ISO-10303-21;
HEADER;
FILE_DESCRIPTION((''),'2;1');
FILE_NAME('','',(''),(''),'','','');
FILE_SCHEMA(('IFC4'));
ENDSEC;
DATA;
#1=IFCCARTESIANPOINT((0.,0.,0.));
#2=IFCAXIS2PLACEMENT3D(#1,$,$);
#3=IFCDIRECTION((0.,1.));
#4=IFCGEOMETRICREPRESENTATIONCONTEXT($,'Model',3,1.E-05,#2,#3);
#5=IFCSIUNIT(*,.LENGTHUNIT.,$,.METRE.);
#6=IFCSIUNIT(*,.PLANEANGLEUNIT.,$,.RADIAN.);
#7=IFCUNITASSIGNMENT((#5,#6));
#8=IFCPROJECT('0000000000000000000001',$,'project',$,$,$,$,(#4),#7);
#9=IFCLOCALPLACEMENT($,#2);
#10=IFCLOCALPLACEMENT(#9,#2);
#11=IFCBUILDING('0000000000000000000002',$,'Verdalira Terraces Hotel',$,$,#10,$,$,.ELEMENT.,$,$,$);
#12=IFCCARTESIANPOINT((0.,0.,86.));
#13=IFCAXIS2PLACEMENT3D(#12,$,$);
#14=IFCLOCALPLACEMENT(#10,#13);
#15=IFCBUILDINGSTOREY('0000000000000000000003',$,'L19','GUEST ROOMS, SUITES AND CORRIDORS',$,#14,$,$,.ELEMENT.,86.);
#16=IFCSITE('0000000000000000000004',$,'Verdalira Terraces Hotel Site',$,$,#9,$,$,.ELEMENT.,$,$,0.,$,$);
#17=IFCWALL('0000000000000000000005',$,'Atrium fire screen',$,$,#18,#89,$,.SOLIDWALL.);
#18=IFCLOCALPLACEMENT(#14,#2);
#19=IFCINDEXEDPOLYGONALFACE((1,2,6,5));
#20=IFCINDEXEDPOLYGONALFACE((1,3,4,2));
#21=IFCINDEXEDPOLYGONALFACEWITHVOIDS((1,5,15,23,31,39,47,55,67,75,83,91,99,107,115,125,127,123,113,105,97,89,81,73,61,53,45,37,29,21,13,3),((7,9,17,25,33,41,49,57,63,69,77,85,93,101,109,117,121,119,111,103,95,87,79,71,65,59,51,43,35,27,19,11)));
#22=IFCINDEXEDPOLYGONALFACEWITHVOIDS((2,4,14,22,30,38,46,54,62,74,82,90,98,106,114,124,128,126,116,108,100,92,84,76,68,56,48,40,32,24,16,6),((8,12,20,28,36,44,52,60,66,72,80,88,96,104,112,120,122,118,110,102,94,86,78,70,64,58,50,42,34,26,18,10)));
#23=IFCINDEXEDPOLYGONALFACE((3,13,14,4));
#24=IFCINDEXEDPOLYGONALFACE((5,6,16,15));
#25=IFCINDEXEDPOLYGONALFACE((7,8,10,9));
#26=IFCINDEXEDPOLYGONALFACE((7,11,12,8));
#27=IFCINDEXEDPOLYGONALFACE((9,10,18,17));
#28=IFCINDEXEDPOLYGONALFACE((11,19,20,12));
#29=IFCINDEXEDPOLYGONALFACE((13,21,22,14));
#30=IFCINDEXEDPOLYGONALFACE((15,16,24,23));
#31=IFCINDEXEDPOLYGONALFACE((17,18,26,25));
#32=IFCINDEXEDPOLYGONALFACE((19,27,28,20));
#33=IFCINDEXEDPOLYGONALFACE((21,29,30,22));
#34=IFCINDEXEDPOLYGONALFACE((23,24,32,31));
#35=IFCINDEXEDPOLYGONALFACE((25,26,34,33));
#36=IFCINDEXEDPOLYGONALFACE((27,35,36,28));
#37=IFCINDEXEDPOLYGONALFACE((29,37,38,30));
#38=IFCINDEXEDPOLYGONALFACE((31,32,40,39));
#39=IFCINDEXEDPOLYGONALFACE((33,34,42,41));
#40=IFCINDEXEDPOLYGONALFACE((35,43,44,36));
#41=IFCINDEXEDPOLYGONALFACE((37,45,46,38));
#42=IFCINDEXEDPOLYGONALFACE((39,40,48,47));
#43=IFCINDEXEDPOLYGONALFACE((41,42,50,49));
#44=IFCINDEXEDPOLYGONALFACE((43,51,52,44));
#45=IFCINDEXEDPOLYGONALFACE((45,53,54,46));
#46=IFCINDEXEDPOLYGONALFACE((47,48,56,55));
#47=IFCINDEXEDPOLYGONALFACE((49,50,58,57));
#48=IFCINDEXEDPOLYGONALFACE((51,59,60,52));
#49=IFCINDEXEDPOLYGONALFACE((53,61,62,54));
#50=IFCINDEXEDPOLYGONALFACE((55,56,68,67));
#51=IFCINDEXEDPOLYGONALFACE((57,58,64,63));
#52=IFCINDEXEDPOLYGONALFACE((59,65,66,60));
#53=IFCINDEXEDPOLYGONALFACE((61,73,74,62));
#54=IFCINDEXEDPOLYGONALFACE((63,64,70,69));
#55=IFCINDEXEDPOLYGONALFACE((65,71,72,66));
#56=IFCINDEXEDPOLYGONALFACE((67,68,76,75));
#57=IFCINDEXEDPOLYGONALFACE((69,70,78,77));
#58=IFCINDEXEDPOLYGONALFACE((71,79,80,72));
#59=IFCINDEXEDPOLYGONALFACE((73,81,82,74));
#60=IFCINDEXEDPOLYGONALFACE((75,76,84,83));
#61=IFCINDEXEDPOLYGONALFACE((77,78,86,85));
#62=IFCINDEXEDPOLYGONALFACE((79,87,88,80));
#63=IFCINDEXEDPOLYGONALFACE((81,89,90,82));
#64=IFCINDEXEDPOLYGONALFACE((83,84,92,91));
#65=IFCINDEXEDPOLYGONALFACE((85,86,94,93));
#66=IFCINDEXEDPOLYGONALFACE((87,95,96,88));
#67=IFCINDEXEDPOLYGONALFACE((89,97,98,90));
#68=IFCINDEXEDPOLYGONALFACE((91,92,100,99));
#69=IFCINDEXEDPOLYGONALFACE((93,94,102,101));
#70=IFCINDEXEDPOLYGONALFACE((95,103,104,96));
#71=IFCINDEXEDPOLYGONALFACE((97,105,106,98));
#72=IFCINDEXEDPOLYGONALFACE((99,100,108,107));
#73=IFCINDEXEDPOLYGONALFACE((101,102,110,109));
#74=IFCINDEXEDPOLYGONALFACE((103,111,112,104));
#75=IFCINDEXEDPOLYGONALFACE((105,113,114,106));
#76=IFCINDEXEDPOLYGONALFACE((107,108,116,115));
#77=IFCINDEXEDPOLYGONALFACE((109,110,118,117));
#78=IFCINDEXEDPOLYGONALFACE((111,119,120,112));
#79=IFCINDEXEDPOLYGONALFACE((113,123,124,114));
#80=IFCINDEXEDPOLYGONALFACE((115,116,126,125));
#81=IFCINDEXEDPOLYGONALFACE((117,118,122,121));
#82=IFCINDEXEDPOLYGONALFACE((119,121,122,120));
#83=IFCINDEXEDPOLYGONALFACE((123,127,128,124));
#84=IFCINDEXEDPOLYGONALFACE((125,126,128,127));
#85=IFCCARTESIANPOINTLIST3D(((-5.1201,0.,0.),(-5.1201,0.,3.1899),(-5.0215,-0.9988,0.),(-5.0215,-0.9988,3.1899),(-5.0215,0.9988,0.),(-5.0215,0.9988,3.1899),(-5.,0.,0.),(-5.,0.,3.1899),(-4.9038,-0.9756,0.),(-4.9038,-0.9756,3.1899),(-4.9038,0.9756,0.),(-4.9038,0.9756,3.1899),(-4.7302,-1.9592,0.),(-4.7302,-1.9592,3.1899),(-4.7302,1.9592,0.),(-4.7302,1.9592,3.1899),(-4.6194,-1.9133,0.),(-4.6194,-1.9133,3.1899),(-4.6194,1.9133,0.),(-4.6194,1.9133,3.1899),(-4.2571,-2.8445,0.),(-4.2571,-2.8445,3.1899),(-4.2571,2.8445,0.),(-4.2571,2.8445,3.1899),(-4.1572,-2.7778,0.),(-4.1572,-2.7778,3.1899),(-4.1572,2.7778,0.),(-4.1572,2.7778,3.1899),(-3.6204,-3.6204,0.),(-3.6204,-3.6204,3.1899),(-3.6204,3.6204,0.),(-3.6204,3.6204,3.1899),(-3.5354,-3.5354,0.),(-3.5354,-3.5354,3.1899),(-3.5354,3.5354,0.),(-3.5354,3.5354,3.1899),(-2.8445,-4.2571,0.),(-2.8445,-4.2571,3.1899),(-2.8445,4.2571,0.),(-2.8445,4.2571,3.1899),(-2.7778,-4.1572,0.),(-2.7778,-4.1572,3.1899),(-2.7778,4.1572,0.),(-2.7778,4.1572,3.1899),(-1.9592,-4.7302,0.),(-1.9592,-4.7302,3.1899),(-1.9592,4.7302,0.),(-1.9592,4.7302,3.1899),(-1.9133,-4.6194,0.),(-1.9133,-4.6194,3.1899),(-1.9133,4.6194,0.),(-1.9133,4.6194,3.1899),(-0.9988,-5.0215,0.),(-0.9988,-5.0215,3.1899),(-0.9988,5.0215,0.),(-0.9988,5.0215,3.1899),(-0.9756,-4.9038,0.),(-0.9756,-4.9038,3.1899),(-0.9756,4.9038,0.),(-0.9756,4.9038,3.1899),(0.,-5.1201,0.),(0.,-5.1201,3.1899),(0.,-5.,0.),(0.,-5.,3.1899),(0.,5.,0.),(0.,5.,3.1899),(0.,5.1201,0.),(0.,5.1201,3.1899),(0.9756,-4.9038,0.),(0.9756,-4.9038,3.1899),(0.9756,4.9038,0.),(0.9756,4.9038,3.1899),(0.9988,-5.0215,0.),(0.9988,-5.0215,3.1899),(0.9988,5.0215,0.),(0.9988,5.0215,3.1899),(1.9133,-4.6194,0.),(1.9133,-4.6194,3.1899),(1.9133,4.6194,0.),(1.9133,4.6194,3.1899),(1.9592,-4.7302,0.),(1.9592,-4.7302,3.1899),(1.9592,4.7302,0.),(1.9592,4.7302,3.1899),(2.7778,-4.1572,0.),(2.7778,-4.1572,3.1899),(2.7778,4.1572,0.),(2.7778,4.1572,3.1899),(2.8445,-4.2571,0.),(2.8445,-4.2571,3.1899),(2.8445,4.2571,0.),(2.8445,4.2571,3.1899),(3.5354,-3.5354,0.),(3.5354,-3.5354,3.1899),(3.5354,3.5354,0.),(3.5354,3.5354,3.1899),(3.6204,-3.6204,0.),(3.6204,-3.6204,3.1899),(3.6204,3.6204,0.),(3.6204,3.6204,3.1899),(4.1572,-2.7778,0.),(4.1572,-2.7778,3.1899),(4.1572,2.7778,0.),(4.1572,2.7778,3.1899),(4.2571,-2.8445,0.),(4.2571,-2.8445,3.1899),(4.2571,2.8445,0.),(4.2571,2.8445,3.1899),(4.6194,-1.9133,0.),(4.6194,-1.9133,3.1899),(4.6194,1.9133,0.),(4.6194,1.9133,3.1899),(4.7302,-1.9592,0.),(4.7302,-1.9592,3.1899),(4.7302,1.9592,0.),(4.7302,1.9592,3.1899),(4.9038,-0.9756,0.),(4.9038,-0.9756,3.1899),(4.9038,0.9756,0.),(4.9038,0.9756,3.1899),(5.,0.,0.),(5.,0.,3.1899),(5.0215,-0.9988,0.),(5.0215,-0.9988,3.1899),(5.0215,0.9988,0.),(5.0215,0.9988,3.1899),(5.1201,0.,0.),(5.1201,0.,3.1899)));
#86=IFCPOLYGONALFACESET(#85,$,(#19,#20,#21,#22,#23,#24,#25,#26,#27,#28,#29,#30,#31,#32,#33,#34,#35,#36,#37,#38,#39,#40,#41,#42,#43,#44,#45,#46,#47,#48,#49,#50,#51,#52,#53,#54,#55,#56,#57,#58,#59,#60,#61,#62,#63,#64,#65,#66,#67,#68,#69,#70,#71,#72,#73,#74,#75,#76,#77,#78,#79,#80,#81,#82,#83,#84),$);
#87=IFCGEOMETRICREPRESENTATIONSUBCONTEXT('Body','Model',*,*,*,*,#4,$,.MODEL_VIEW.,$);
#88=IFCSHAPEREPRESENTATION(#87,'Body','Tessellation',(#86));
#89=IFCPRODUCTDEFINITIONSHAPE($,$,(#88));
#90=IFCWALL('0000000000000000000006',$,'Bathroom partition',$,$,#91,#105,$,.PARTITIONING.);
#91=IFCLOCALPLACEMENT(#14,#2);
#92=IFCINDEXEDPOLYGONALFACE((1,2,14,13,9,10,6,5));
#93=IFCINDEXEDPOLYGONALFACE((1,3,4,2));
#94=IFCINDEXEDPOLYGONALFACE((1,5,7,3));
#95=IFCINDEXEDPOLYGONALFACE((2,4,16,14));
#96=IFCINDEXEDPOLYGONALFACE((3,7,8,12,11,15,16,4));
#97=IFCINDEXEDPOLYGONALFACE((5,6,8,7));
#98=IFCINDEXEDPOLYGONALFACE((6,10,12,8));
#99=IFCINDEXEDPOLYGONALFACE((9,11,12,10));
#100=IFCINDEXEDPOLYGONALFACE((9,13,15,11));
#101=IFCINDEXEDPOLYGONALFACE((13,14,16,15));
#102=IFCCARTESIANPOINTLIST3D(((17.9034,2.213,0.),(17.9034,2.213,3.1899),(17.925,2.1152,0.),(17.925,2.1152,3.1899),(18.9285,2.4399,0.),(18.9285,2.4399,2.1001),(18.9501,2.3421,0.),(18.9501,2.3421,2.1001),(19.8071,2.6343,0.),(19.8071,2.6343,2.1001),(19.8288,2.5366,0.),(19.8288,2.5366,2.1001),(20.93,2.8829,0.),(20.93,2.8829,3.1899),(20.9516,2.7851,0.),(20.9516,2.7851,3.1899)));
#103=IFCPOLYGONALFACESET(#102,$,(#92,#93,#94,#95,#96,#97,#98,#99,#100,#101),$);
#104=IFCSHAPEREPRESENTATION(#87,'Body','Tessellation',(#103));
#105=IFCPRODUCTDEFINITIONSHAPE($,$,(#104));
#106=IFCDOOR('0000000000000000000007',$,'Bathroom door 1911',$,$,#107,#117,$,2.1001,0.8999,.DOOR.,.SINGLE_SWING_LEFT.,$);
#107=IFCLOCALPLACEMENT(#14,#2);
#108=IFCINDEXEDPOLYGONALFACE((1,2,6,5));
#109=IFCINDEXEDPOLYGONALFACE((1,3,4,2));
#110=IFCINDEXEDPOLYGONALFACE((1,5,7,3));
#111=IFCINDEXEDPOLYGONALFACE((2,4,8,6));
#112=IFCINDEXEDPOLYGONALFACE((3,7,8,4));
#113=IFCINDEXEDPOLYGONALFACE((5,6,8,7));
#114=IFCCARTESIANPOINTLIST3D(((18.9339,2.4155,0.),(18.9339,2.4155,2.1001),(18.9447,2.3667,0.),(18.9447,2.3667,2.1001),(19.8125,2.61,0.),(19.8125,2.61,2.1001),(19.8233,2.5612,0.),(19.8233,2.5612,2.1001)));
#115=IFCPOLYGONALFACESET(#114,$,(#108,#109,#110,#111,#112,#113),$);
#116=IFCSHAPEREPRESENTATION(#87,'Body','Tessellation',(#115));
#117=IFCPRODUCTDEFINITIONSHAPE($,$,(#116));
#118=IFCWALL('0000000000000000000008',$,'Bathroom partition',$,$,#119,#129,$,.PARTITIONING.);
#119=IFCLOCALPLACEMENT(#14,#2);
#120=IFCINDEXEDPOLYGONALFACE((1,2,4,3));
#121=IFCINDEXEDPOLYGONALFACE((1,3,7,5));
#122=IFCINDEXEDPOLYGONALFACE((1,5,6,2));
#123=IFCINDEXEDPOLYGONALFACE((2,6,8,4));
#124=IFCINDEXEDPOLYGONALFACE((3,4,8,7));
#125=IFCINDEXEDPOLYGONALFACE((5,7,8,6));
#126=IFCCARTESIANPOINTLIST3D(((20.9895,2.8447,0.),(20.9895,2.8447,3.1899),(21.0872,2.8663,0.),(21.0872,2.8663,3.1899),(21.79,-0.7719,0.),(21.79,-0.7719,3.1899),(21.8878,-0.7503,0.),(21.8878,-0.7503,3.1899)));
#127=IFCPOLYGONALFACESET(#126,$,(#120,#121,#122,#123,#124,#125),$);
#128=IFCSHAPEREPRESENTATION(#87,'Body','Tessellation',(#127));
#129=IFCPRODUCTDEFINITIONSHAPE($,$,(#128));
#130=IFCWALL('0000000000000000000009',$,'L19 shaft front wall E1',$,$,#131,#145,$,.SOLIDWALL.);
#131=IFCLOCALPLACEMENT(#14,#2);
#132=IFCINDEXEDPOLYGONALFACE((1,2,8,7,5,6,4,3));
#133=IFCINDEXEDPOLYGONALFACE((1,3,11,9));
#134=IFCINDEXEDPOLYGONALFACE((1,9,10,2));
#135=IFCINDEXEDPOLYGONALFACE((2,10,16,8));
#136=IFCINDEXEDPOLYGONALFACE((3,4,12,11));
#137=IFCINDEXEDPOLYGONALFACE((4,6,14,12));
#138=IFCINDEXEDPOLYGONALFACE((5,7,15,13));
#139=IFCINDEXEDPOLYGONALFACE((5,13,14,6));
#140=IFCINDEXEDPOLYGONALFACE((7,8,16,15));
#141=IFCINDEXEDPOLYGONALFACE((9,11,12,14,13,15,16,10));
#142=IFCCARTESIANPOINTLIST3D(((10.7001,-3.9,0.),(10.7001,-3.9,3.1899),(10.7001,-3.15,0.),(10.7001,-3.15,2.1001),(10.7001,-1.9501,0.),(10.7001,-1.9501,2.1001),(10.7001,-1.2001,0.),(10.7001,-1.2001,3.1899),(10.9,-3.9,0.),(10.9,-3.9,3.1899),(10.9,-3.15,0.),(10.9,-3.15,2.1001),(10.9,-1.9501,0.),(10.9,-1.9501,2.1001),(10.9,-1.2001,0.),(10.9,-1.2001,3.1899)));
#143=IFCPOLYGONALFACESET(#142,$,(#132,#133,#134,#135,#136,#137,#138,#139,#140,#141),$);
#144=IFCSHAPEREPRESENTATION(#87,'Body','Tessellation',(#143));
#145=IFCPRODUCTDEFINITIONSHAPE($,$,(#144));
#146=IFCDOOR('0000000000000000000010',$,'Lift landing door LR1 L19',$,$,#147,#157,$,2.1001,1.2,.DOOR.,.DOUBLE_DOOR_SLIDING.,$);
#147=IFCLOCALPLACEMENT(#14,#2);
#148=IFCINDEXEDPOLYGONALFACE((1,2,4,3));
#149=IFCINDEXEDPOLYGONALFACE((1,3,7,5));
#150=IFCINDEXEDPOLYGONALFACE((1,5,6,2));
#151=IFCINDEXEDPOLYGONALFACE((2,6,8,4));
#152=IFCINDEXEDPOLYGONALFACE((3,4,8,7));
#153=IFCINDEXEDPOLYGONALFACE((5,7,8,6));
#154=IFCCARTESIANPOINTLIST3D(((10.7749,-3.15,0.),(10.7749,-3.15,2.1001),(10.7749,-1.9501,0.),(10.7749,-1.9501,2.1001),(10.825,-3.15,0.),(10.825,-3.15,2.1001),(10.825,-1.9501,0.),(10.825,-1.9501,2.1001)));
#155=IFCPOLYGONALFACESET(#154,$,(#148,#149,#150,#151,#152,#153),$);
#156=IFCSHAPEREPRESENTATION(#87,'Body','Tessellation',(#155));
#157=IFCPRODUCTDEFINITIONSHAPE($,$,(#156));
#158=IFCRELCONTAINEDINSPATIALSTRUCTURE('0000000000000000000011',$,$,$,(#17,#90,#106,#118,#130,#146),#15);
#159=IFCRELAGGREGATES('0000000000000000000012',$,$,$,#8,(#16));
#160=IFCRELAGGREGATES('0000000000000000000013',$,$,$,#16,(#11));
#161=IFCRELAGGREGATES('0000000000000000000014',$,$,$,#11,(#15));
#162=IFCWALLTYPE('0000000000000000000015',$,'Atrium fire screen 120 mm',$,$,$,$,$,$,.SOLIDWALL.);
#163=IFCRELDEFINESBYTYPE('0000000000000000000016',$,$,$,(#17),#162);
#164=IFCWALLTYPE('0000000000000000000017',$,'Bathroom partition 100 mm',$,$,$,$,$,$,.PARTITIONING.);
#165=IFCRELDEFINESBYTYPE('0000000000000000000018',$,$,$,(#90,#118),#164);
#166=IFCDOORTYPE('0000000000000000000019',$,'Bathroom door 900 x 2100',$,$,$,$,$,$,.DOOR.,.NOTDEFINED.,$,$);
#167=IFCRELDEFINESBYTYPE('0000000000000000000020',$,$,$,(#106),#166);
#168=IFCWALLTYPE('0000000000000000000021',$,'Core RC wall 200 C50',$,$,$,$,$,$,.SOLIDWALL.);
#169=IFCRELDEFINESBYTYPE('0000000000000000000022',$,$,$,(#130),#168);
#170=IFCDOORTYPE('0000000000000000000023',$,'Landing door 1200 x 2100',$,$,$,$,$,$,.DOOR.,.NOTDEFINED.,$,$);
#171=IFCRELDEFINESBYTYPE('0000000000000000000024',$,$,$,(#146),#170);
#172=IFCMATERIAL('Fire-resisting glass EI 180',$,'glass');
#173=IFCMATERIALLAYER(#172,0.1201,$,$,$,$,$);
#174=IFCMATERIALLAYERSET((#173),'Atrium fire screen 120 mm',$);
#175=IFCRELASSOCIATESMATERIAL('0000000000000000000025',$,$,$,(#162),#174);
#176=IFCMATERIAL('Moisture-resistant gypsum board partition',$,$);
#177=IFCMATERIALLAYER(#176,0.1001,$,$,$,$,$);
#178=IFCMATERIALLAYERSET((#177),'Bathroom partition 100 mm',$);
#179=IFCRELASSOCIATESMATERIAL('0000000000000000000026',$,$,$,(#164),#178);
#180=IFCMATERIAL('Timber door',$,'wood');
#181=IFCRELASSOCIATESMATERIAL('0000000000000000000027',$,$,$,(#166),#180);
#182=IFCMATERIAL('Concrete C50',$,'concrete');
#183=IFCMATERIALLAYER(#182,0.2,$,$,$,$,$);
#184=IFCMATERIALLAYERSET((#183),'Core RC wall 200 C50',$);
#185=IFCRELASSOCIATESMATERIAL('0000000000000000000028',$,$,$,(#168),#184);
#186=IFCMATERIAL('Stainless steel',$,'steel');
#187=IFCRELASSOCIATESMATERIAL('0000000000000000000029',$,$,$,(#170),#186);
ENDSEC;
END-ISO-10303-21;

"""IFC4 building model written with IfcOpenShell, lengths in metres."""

from ifc_helpers import new_model, si_unit, direction, frame, frame_2d, origin, place, context, subcontext, project, spatial, polyline, rectangle, outline, extrude, material, layer, layer_set, type_object, element, fill, save


model = new_model("IFC4")

# Units and contexts
model_context = context("Model", 3, precision=1e-05, world=origin(), true_north=direction((0.0, 1.0)))
body_context = subcontext(model_context, "Body", "Model", "MODEL_VIEW")
ifc_project = project(units=[si_unit("LENGTHUNIT", "METRE"), si_unit("PLANEANGLEUNIT", "RADIAN")], contexts=[model_context])

# Site, building, storey
site_placement = place(None, origin())
site = spatial("IfcSite", under=ifc_project, at=site_placement, Name="Verdalira Terraces Hotel Site", CompositionType="ELEMENT", RefElevation=0.0)
building_placement = place(site_placement, origin())
building = spatial("IfcBuilding", under=site, at=building_placement, Name="Verdalira Terraces Hotel", CompositionType="ELEMENT")
storey_placement = place(building_placement, frame((0.0, 0.0, 86.0)))
storey = spatial("IfcBuildingStorey", under=building, at=storey_placement, Name="L19", Description="GUEST ROOMS, SUITES AND CORRIDORS", CompositionType="ELEMENT", Elevation=86.0)

# Wall
ifc_material_1 = material(Name="Fire-resisting glass EI 180", Category="glass")
ifc_layer_1 = layer(ifc_material_1, 0.1201)
ifc_layer_set_1 = layer_set([ifc_layer_1], Name="Atrium fire screen 120 mm")
wall_type_1 = type_object("IfcWallType", Name="Atrium fire screen 120 mm", PredefinedType="SOLIDWALL", material=ifc_layer_set_1)
wall_1_placement = place(storey_placement, origin())
element("IfcWall", 1, at=wall_1_placement, inside=storey, type_object=wall_type_1, Name="Atrium fire screen", PredefinedType="SOLIDWALL", context=body_context, shape_type="SweptSolid", body=[
    extrude(outline(polyline([(5.0215, -0.9988), (4.7302, -1.9592), (4.2571, -2.8445), (3.6204, -3.6204), (2.8445, -4.2571), (1.9592, -4.7302), (0.9988, -5.0215), (0.0, -5.1201), (-0.9988, -5.0215), (-1.9592, -4.7302), (-2.8445, -4.2571), (-3.6204, -3.6204), (-4.2571, -2.8445), (-4.7302, -1.9592), (-5.0215, -0.9988), (-5.1201, 0.0), (-5.0215, 0.9988), (-4.7302, 1.9592), (-4.2571, 2.8445), (-3.6204, 3.6204), (-2.8445, 4.2571), (-1.9592, 4.7302), (-0.9988, 5.0215), (0.0, 5.1201), (0.9988, 5.0215), (1.9592, 4.7302), (2.8445, 4.2571), (3.6204, 3.6204), (4.2571, 2.8445), (4.7302, 1.9592), (5.0215, 0.9988), (5.1201, 0.0), (5.0215, -0.9988)]), holes=[polyline([(4.9038, 0.9756), (4.6194, 1.9133), (4.1572, 2.7778), (3.5354, 3.5354), (2.7778, 4.1572), (1.9133, 4.6194), (0.9756, 4.9038), (0.0, 5.0), (-0.9756, 4.9038), (-1.9133, 4.6194), (-2.7778, 4.1572), (-3.5354, 3.5354), (-4.1572, 2.7778), (-4.6194, 1.9133), (-4.9038, 0.9756), (-5.0, 0.0), (-4.9038, -0.9756), (-4.6194, -1.9133), (-4.1572, -2.7778), (-3.5354, -3.5354), (-2.7778, -4.1572), (-1.9133, -4.6194), (-0.9756, -4.9038), (0.0, -5.0), (0.9756, -4.9038), (1.9133, -4.6194), (2.7778, -4.1572), (3.5354, -3.5354), (4.1572, -2.7778), (4.6194, -1.9133), (4.9038, -0.9756), (5.0, 0.0), (4.9038, 0.9756)])]), origin(), (0.0, 0.0, 1.0), 3.1899),
])

# Wall, opening, door
ifc_material_2 = material(Name="Moisture-resistant gypsum board partition")
ifc_layer_2 = layer(ifc_material_2, 0.1001)
ifc_layer_set_2 = layer_set([ifc_layer_2], Name="Bathroom partition 100 mm")
wall_type_2 = type_object("IfcWallType", Name="Bathroom partition 100 mm", PredefinedType="PARTITIONING", material=ifc_layer_set_2)
wall_2_placement = place(storey_placement, frame((20.9407, 2.834, 0.0), z_axis=(0.0, 0.0, 1.0), x_axis=(-0.976368, -0.216113, 0.0)))
wall_2 = element("IfcWall", 2, at=wall_2_placement, inside=storey, type_object=wall_type_2, Name="Bathroom partition", PredefinedType="PARTITIONING", context=body_context, shape_type="SweptSolid", body=[
    extrude(rectangle(XDim=3.0999, YDim=0.1001, at=frame_2d((1.5498, 0.0))), origin(), (0.0, 0.0, 1.0), 3.1899),
])
opening_1_placement = place(wall_2_placement, frame((1.1499, 0.0, 0.0)))
opening_1 = element("IfcOpeningElement", 3, at=opening_1_placement, cuts=wall_2, PredefinedType="OPENING", context=body_context, shape_type="SweptSolid", body=[
    extrude(rectangle(XDim=0.8999, YDim=2.1001, at=frame_2d((0.45, 1.05))), frame((0.0, 0.0601, 0.0), z_axis=(0.0, -1.0, 0.0), x_axis=(1.0, 0.0, 0.0)), (0.0, 0.0, 1.0), 0.1201),
])
ifc_material_3 = material(Name="Timber door", Category="wood")
door_type_1 = type_object("IfcDoorType", Name="Bathroom door 900 x 2100", OperationType="NOTDEFINED", PredefinedType="DOOR", material=ifc_material_3)
door_1_placement = place(opening_1_placement, origin())
door_1 = element("IfcDoor", 4, at=door_1_placement, inside=storey, type_object=door_type_1, Name="Bathroom door 1911", OperationType="SINGLE_SWING_LEFT", OverallHeight=2.1001, OverallWidth=0.8999, PredefinedType="DOOR", context=body_context, shape_type="SweptSolid", body=[
    extrude(rectangle(XDim=0.8999, YDim=2.1001, at=frame_2d((0.45, 1.05))), frame((0.0, 0.0249, 0.0), z_axis=(0.0, -1.0, 0.0), x_axis=(1.0, 0.0, 0.0)), (0.0, 0.0, 1.0), 0.05),
])
fill(opening_1, door_1)

# Wall
wall_3_placement = place(storey_placement, frame((21.0383, 2.8555, 0.0), z_axis=(0.0, 0.0, 1.0), x_axis=(0.216128, -0.976365, 0.0)))
element("IfcWall", 5, at=wall_3_placement, inside=storey, type_object=wall_type_2, Name="Bathroom partition", PredefinedType="PARTITIONING", context=body_context, shape_type="SweptSolid", body=[
    extrude(rectangle(XDim=3.7041, YDim=0.1001, at=frame_2d((1.8521, 0.0))), origin(), (0.0, 0.0, 1.0), 3.1899),
])

# Wall, opening, door
ifc_material_4 = material(Name="Concrete C50", Category="concrete")
ifc_layer_3 = layer(ifc_material_4, 0.2)
ifc_layer_set_3 = layer_set([ifc_layer_3], Name="Core RC wall 200 C50")
wall_type_3 = type_object("IfcWallType", Name="Core RC wall 200 C50", PredefinedType="SOLIDWALL", material=ifc_layer_set_3)
wall_4_placement = place(storey_placement, frame((10.8, -1.2, 0.0), z_axis=(0.0, 0.0, 1.0), x_axis=(0.0, -1.0, 0.0)))
wall_4 = element("IfcWall", 6, at=wall_4_placement, inside=storey, type_object=wall_type_3, Name="L19 shaft front wall E1", PredefinedType="SOLIDWALL", context=body_context, shape_type="SweptSolid", body=[
    extrude(rectangle(XDim=2.7, YDim=0.2, at=frame_2d((1.3501, 0.0))), origin(), (0.0, 0.0, 1.0), 3.1899),
])
opening_2_placement = place(wall_4_placement, frame((0.75, 0.0, 0.0)))
opening_2 = element("IfcOpeningElement", 7, at=opening_2_placement, cuts=wall_4, PredefinedType="OPENING", context=body_context, shape_type="SweptSolid", body=[
    extrude(rectangle(XDim=1.2, YDim=2.1001, at=frame_2d((0.6001, 1.05))), frame((0.0, 0.1099, 0.0), z_axis=(0.0, -1.0, 0.0), x_axis=(1.0, 0.0, 0.0)), (0.0, 0.0, 1.0), 0.22),
])
ifc_material_5 = material(Name="Stainless steel", Category="steel")
door_type_2 = type_object("IfcDoorType", Name="Landing door 1200 x 2100", OperationType="NOTDEFINED", PredefinedType="DOOR", material=ifc_material_5)
door_2_placement = place(opening_2_placement, origin())
door_2 = element("IfcDoor", 8, at=door_2_placement, inside=storey, type_object=door_type_2, Name="Lift landing door LR1 L19", OperationType="DOUBLE_DOOR_SLIDING", OverallHeight=2.1001, OverallWidth=1.2, PredefinedType="DOOR", context=body_context, shape_type="SweptSolid", body=[
    extrude(rectangle(XDim=1.2, YDim=2.1001, at=frame_2d((0.6001, 1.05))), frame((0.0, 0.0249, 0.0), z_axis=(0.0, -1.0, 0.0), x_axis=(1.0, 0.0, 0.0)), (0.0, 0.0, 1.0), 0.05),
])
fill(opening_2, door_2)

save(model, "model.ifc")
